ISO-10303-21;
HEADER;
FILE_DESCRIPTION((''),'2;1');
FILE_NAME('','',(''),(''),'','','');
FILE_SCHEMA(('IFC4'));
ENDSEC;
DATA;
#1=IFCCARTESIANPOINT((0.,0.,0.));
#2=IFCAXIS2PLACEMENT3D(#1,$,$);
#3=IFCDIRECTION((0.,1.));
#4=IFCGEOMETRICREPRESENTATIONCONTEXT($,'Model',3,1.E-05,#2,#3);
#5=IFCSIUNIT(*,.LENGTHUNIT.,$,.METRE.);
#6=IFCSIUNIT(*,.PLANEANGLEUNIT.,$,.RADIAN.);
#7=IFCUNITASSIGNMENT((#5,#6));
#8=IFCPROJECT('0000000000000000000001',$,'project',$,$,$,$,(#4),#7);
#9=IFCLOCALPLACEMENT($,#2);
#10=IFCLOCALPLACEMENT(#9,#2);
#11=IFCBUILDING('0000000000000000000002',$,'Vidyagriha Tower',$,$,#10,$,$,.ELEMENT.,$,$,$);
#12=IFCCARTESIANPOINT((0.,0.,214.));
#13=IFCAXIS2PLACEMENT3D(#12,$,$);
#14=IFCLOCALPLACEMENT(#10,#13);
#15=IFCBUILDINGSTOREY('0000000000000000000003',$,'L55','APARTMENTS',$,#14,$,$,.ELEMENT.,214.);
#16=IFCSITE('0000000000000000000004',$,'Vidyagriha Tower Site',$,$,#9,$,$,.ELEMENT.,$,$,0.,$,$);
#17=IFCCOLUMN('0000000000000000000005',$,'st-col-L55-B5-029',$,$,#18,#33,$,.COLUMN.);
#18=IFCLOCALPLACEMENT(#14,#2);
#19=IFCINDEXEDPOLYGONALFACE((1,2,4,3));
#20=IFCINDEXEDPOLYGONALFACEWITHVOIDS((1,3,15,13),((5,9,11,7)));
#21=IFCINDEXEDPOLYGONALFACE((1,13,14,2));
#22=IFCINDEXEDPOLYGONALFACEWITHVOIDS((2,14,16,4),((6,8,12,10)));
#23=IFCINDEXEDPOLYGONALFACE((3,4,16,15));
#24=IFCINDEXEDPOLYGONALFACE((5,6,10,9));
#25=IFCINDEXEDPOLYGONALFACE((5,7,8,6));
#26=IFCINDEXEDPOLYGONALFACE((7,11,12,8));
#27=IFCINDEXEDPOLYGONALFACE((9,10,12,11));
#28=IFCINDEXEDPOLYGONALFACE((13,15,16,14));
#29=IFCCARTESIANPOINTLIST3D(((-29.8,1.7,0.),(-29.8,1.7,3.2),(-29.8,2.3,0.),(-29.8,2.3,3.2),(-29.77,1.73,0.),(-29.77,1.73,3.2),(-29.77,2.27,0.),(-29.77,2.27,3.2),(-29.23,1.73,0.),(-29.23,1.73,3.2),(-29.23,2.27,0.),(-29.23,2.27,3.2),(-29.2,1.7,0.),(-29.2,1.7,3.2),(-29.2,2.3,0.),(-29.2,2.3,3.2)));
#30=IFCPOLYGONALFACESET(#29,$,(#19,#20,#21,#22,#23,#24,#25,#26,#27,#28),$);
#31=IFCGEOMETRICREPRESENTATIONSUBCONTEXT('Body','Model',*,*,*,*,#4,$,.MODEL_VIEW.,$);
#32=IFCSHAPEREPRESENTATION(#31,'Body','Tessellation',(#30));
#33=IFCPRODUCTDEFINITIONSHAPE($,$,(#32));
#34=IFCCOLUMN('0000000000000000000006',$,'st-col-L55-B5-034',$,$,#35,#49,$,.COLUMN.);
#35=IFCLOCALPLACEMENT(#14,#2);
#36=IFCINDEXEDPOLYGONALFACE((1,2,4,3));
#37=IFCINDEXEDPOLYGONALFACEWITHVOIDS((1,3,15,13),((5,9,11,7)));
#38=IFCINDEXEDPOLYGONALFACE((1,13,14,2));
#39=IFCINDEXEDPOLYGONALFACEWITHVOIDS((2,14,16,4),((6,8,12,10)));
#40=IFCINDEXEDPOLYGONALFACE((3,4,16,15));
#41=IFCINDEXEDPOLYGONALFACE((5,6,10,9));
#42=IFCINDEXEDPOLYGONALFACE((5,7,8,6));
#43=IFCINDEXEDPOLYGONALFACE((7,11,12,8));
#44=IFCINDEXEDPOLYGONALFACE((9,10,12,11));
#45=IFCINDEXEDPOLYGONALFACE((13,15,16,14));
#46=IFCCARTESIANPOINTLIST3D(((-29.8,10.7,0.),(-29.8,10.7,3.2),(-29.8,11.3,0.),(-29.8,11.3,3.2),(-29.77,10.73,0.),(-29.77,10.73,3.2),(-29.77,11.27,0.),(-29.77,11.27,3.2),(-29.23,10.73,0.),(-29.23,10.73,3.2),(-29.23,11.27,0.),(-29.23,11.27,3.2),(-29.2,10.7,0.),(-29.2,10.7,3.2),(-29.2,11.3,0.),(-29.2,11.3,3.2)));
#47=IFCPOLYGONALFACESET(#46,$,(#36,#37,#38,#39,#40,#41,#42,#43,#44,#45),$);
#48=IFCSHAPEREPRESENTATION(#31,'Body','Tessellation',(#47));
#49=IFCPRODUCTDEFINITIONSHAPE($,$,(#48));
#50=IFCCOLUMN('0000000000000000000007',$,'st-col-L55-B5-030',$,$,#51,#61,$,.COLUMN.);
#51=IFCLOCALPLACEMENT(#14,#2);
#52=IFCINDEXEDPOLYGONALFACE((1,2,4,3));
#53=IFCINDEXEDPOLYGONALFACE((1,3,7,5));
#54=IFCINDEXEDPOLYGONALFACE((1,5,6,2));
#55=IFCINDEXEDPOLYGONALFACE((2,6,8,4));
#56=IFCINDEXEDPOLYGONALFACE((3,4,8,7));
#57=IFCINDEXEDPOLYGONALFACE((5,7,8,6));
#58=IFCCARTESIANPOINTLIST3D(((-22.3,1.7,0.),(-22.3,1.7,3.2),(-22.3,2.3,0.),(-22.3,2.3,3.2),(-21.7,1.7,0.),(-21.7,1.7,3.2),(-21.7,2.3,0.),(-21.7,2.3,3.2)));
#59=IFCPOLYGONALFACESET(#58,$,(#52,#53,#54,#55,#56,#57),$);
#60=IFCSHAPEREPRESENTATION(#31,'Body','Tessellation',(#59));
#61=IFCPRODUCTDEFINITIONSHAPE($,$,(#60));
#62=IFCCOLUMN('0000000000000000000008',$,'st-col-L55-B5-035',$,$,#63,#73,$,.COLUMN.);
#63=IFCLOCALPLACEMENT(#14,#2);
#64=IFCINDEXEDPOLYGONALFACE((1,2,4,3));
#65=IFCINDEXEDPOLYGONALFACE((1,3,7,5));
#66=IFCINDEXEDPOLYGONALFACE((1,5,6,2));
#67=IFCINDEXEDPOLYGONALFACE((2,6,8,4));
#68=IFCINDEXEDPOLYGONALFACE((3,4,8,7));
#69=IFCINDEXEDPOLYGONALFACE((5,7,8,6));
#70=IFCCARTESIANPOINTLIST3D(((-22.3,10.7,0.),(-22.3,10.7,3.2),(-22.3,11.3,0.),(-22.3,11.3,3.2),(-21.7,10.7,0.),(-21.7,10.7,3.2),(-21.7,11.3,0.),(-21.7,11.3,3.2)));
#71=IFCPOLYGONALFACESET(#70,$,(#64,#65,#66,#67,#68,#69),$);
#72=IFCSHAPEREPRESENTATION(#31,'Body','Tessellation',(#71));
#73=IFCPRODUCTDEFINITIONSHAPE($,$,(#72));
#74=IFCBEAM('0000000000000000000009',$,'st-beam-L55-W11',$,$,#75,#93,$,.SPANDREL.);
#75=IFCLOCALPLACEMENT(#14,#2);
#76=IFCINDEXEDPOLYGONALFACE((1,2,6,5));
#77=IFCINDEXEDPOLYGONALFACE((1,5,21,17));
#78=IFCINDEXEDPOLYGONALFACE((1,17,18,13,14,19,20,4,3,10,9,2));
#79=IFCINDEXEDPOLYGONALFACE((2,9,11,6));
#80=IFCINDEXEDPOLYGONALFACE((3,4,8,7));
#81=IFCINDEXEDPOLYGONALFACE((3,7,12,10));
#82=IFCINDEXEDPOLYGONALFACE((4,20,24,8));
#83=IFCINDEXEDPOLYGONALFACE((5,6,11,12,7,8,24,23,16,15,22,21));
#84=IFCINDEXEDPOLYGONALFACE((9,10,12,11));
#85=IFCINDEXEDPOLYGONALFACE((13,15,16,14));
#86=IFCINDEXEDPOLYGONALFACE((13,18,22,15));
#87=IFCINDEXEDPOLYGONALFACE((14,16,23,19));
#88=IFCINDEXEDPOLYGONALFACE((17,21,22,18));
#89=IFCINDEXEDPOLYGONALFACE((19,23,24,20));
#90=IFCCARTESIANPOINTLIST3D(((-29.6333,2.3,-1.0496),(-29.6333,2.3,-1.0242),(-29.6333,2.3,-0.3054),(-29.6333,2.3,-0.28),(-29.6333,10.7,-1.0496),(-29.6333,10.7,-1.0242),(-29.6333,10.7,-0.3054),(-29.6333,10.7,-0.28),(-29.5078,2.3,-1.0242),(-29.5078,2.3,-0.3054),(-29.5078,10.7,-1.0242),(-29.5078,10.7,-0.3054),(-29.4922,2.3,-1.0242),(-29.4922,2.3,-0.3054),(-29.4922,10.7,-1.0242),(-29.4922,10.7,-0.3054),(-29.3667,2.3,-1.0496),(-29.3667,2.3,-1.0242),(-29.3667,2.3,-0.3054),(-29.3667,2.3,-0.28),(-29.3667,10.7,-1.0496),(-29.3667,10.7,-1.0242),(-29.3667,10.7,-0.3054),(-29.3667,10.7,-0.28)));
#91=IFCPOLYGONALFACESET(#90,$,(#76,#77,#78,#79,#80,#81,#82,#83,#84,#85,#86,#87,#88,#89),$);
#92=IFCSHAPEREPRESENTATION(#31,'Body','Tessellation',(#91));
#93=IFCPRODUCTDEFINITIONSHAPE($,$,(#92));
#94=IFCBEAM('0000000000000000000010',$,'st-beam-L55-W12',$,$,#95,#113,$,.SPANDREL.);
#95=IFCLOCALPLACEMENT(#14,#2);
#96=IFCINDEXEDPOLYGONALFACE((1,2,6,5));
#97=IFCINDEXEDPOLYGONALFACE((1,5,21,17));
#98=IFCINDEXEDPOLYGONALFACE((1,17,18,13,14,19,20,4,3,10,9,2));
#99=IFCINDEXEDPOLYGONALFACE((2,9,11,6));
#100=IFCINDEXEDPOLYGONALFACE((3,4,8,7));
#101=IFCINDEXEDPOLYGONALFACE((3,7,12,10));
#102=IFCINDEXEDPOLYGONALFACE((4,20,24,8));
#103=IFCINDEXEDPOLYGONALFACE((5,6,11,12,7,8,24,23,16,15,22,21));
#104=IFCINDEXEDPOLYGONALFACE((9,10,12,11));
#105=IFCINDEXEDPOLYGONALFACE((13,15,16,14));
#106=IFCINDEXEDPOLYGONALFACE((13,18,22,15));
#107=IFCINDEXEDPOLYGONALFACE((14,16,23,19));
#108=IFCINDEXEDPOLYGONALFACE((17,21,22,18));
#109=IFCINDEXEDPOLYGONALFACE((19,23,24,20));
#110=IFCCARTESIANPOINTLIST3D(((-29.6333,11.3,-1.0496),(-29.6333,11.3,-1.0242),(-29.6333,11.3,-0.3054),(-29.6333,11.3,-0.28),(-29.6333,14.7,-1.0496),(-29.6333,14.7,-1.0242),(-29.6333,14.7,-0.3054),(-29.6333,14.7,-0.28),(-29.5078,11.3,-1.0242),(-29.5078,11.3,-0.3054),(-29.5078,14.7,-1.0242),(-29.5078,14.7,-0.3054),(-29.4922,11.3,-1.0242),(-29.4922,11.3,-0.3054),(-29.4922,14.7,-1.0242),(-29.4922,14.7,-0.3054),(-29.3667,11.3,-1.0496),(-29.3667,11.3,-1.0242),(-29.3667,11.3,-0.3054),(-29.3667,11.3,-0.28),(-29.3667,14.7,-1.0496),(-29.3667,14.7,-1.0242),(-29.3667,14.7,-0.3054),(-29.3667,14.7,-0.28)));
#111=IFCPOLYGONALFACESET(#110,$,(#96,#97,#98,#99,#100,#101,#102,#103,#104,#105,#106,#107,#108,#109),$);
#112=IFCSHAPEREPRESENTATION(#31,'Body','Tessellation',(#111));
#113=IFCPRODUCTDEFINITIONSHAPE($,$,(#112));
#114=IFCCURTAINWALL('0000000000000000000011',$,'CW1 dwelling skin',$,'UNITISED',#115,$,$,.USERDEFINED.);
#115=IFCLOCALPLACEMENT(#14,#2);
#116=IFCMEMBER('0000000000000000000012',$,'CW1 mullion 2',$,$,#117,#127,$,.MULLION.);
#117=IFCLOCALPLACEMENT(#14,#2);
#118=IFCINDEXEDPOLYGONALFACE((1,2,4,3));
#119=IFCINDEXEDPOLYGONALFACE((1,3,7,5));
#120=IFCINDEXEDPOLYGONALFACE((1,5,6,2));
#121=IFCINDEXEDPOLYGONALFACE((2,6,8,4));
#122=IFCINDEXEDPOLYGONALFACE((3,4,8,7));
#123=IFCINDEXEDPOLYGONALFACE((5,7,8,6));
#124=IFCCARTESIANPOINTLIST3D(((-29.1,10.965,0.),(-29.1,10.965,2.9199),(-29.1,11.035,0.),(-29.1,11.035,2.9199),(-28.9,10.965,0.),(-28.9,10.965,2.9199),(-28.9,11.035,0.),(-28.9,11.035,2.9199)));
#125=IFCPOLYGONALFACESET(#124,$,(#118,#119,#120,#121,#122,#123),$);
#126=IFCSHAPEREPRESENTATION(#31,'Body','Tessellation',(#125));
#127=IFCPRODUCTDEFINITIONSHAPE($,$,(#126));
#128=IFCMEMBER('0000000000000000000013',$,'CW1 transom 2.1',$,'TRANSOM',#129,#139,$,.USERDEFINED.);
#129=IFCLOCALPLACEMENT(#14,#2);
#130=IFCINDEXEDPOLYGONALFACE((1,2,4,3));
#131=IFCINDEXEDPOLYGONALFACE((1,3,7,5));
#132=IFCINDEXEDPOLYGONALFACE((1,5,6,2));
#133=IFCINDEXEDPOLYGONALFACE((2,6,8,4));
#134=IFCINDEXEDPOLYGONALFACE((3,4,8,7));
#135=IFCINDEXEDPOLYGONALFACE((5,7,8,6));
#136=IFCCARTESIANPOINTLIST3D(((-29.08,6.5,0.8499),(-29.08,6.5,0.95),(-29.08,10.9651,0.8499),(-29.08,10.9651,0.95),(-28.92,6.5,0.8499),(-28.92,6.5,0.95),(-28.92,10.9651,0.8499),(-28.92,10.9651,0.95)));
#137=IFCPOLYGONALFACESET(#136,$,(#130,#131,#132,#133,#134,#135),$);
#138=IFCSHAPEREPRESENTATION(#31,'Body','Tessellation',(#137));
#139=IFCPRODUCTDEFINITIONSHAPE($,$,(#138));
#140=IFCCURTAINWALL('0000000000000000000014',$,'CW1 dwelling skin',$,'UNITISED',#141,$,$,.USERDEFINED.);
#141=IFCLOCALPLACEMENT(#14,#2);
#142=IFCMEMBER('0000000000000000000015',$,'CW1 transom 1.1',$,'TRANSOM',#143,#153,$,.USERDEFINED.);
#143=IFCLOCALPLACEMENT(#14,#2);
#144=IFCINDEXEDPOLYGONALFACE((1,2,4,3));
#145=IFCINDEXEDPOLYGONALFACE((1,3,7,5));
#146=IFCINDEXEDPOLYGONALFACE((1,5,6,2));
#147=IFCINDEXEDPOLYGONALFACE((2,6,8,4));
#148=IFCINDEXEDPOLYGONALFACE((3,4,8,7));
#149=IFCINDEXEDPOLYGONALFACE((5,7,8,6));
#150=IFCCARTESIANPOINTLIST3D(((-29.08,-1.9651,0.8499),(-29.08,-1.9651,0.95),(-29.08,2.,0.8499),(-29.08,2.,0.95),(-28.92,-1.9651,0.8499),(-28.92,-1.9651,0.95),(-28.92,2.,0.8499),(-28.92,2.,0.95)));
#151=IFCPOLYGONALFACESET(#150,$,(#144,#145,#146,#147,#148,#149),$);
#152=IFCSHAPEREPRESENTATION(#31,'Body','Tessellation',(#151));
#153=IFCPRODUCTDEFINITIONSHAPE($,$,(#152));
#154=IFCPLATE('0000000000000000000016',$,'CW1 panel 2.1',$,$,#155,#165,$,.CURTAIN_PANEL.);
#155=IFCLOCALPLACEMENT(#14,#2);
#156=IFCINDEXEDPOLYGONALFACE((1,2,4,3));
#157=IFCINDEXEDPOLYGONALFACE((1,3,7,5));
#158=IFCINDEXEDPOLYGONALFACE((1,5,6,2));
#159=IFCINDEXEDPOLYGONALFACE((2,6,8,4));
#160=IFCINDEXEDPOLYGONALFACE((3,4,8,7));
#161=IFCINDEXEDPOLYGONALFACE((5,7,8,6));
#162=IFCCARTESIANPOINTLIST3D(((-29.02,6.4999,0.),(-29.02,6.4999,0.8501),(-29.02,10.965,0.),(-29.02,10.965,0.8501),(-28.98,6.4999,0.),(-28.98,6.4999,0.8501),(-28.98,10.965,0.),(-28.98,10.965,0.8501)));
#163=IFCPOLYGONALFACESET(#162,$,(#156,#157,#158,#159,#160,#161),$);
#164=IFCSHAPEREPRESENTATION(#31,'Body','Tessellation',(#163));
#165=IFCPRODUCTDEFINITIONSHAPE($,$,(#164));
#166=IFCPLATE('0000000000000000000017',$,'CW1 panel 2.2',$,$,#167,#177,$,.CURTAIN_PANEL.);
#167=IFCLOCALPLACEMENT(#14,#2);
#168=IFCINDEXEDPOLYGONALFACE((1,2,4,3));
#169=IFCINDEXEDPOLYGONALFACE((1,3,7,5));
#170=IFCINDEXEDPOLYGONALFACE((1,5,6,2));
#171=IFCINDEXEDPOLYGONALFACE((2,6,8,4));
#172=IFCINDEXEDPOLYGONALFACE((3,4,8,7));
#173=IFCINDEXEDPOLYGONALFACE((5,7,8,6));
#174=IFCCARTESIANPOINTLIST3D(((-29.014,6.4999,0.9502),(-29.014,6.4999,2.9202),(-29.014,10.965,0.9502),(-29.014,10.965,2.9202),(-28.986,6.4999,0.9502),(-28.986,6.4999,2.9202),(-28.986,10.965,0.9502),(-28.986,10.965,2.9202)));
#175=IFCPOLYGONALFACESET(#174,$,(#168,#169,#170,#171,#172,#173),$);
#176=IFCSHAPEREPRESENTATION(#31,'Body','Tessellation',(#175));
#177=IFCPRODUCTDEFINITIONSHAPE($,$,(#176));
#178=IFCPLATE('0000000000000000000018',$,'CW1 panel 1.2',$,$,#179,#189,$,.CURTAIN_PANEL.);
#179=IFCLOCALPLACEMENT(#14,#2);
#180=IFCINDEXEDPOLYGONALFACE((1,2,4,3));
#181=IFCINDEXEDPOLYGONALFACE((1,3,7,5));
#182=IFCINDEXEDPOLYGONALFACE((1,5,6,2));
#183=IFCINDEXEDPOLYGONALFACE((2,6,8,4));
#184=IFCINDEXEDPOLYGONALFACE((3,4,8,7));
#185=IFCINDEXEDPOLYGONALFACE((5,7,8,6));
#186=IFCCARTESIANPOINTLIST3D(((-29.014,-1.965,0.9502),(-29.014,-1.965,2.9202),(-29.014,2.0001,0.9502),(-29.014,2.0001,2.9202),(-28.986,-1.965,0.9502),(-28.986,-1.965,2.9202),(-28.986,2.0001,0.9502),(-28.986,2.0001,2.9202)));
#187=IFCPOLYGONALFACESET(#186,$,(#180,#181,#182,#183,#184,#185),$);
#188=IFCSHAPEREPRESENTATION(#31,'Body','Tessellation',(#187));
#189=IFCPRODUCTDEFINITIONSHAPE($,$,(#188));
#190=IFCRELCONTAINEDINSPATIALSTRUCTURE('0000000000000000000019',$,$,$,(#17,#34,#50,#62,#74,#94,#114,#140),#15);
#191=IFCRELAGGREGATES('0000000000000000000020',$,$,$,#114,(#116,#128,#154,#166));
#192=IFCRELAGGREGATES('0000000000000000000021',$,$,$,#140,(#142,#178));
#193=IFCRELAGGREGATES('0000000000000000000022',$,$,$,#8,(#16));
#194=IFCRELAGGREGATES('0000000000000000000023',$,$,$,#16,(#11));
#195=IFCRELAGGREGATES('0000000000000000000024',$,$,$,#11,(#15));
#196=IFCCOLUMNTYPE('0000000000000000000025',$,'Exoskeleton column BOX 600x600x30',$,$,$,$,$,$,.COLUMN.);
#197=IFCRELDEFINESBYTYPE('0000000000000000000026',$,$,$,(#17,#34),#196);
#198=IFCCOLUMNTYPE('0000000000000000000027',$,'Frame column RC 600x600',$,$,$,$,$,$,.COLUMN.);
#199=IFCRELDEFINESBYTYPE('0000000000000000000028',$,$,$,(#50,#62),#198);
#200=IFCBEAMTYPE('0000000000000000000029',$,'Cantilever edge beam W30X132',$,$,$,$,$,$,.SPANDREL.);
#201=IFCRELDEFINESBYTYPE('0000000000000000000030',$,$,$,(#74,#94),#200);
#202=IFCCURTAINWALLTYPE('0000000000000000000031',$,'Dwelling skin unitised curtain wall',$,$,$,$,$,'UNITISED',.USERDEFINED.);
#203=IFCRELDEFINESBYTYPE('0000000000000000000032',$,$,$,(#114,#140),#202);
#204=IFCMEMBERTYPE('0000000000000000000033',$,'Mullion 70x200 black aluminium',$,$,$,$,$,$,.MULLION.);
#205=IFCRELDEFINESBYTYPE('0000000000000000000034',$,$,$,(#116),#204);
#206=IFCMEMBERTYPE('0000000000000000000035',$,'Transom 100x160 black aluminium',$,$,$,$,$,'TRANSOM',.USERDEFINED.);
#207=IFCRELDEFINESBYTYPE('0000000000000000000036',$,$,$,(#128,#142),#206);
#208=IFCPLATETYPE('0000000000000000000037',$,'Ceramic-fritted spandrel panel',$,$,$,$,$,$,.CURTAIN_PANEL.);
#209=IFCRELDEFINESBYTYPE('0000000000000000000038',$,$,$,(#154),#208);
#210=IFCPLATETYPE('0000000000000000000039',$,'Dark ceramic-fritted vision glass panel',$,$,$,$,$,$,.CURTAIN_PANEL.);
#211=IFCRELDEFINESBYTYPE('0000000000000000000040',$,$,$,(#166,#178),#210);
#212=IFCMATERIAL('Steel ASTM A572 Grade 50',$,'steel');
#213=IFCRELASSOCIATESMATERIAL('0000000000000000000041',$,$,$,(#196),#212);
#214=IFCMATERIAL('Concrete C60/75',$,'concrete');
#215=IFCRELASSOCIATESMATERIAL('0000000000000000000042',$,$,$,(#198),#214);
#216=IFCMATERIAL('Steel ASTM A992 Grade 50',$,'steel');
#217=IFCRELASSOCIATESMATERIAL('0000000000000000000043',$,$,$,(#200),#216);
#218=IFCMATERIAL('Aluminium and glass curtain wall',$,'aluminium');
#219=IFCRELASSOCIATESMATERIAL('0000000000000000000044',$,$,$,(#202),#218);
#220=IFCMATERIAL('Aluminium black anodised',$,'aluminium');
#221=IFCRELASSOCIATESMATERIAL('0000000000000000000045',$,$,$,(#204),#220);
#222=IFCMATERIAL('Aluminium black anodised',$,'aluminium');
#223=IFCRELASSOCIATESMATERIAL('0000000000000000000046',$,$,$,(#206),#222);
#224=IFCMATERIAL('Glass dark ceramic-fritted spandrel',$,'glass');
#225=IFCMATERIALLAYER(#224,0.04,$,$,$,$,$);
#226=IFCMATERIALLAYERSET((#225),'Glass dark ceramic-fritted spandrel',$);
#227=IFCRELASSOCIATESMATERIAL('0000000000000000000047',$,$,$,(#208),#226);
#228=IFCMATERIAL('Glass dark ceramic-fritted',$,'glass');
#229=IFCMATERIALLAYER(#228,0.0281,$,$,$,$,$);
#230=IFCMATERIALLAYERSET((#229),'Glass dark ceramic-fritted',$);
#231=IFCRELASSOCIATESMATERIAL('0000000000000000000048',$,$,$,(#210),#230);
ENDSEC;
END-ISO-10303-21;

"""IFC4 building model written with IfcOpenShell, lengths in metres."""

from ifc_helpers import new_model, si_unit, direction, frame, origin, origin_2d, place, context, subcontext, project, spatial, rectangle, hollow_rectangle, i_section, extrude, material, layer, layer_set, material_profile, profile_set, type_object, element, aggregate, save


model = new_model("IFC4")

# Units and contexts
model_context = context("Model", 3, precision=1e-05, world=origin(), true_north=direction((0.0, 1.0)))
body_context = subcontext(model_context, "Body", "Model", "MODEL_VIEW")
ifc_project = project(units=[si_unit("LENGTHUNIT", "METRE"), si_unit("PLANEANGLEUNIT", "RADIAN")], contexts=[model_context])

# Site, building, storey
site_placement = place(None, origin())
site = spatial("IfcSite", under=ifc_project, at=site_placement, Name="Vidyagriha Tower Site", CompositionType="ELEMENT", RefElevation=0.0)
building_placement = place(site_placement, origin())
building = spatial("IfcBuilding", under=site, at=building_placement, Name="Vidyagriha Tower", CompositionType="ELEMENT")
storey_placement = place(building_placement, frame((0.0, 0.0, 214.0)))
storey = spatial("IfcBuildingStorey", under=building, at=storey_placement, Name="L55", Description="APARTMENTS", CompositionType="ELEMENT", Elevation=214.0)

# Columns
ifc_material_1 = material(Name="Steel ASTM A572 Grade 50", Category="steel")
ifc_material_profile_1 = material_profile(ifc_material_1, hollow_rectangle(XDim=0.6001, YDim=0.6001, WallThickness=0.03, at=origin_2d()), Name="BOX 600x600x30")
ifc_profile_set_1 = profile_set([ifc_material_profile_1], Name="Steel ASTM A572 Grade 50")
column_type_1 = type_object("IfcColumnType", Name="Exoskeleton column BOX 600x600x30", PredefinedType="COLUMN", material=ifc_profile_set_1)
for number, where, name in (
    (1, (-29.5, 2.0, 0.0), "st-col-L55-B5-029"),
    (2, (-29.5, 11.0, 0.0), "st-col-L55-B5-034"),
):
    element("IfcColumn", number, at=place(storey_placement, frame(where)), inside=storey, type_object=column_type_1, Name=name, PredefinedType="COLUMN", context=body_context, shape_type="SweptSolid", body=[
        extrude(hollow_rectangle(XDim=0.6001, YDim=0.6001, WallThickness=0.03, at=origin_2d()), origin(), (0.0, 0.0, 1.0), 3.2),
    ])
ifc_material_2 = material(Name="Concrete C60/75", Category="concrete")
ifc_material_profile_2 = material_profile(ifc_material_2, rectangle(XDim=0.6001, YDim=0.6001, at=origin_2d()), Name="RC 600x600")
ifc_profile_set_2 = profile_set([ifc_material_profile_2], Name="Concrete C60/75")
column_type_2 = type_object("IfcColumnType", Name="Frame column RC 600x600", PredefinedType="COLUMN", material=ifc_profile_set_2)
for number, where, name in (
    (3, (-22.0, 2.0, 0.0), "st-col-L55-B5-030"),
    (4, (-22.0, 11.0, 0.0), "st-col-L55-B5-035"),
):
    element("IfcColumn", number, at=place(storey_placement, frame(where)), inside=storey, type_object=column_type_2, Name=name, PredefinedType="COLUMN", context=body_context, shape_type="SweptSolid", body=[
        extrude(rectangle(XDim=0.6001, YDim=0.6001, at=origin_2d()), origin(), (0.0, 0.0, 1.0), 3.2),
    ])

# Beams
ifc_material_3 = material(Name="Steel ASTM A992 Grade 50", Category="steel")
ifc_material_profile_3 = material_profile(ifc_material_3, i_section(OverallWidth=0.2666, OverallDepth=0.7695, WebThickness=0.0156, FlangeThickness=0.0254, at=origin_2d()), Name="W30X132")
ifc_profile_set_3 = profile_set([ifc_material_profile_3], Name="Steel ASTM A992 Grade 50")
beam_type = type_object("IfcBeamType", Name="Cantilever edge beam W30X132", PredefinedType="SPANDREL", material=ifc_profile_set_3)
beam_1_placement = place(storey_placement, frame((-29.5, 2.3, -0.6648), z_axis=(0.0, 1.0, 0.0), x_axis=(-1.0, 0.0, 0.0)))
element("IfcBeam", 5, at=beam_1_placement, inside=storey, type_object=beam_type, Name="st-beam-L55-W11", PredefinedType="SPANDREL", context=body_context, shape_type="SweptSolid", body=[
    extrude(i_section(OverallWidth=0.2666, OverallDepth=0.7695, WebThickness=0.0156, FlangeThickness=0.0254, at=origin_2d()), origin(), (0.0, 0.0, 1.0), 8.3999),
])
beam_2_placement = place(storey_placement, frame((-29.5, 11.3, -0.6648), z_axis=(0.0, 1.0, 0.0), x_axis=(-1.0, 0.0, 0.0)))
element("IfcBeam", 6, at=beam_2_placement, inside=storey, type_object=beam_type, Name="st-beam-L55-W12", PredefinedType="SPANDREL", context=body_context, shape_type="SweptSolid", body=[
    extrude(i_section(OverallWidth=0.2666, OverallDepth=0.7695, WebThickness=0.0156, FlangeThickness=0.0254, at=origin_2d()), origin(), (0.0, 0.0, 1.0), 3.3999),
])

# Curtain wall, members
ifc_material_4 = material(Name="Aluminium and glass curtain wall", Category="aluminium")
curtain_wall_type = type_object("IfcCurtainWallType", Name="Dwelling skin unitised curtain wall", ElementType="UNITISED", PredefinedType="USERDEFINED", material=ifc_material_4)
curtain_wall_1_placement = place(storey_placement, origin())
curtain_wall_1 = element("IfcCurtainWall", 7, at=curtain_wall_1_placement, inside=storey, type_object=curtain_wall_type, Name="CW1 dwelling skin", ObjectType="UNITISED", PredefinedType="USERDEFINED")
ifc_material_5 = material(Name="Aluminium black anodised", Category="aluminium")
ifc_material_profile_4 = material_profile(ifc_material_5, rectangle(XDim=0.2, YDim=0.0701, at=origin_2d()), Name="Mullion 70x200 black aluminium")
ifc_profile_set_4 = profile_set([ifc_material_profile_4], Name="Aluminium black anodised")
member_type_1 = type_object("IfcMemberType", Name="Mullion 70x200 black aluminium", PredefinedType="MULLION", material=ifc_profile_set_4)
member_1_placement = place(storey_placement, frame((-29.0, 11.0, 0.0)))
member_1 = element("IfcMember", 8, at=member_1_placement, type_object=member_type_1, Name="CW1 mullion 2", PredefinedType="MULLION", context=body_context, shape_type="SweptSolid", body=[
    extrude(rectangle(XDim=0.2, YDim=0.0701, at=origin_2d()), origin(), (0.0, 0.0, 1.0), 2.9199),
])
ifc_material_6 = material(Name="Aluminium black anodised", Category="aluminium")
ifc_material_profile_5 = material_profile(ifc_material_6, rectangle(XDim=0.1599, YDim=0.1001, at=origin_2d()), Name="Transom 100x160 black aluminium")
ifc_profile_set_5 = profile_set([ifc_material_profile_5], Name="Aluminium black anodised")
member_type_2 = type_object("IfcMemberType", Name="Transom 100x160 black aluminium", ElementType="TRANSOM", PredefinedType="USERDEFINED", material=ifc_profile_set_5)
member_2_placement = place(storey_placement, frame((-29.0, 10.9651, 0.8999), z_axis=(0.0, -1.0, 0.0), x_axis=(1.0, 0.0, 0.0)))
member_2 = element("IfcMember", 9, at=member_2_placement, type_object=member_type_2, Name="CW1 transom 2.1", ObjectType="TRANSOM", PredefinedType="USERDEFINED", context=body_context, shape_type="SweptSolid", body=[
    extrude(rectangle(XDim=0.1599, YDim=0.1001, at=origin_2d()), origin(), (0.0, 0.0, 1.0), 4.4651),
])

# Curtain wall, member
curtain_wall_2_placement = place(storey_placement, origin())
curtain_wall_2 = element("IfcCurtainWall", 10, at=curtain_wall_2_placement, inside=storey, type_object=curtain_wall_type, Name="CW1 dwelling skin", ObjectType="UNITISED", PredefinedType="USERDEFINED")
member_3_placement = place(storey_placement, frame((-29.0, 2.0, 0.8999), z_axis=(0.0, -1.0, 0.0), x_axis=(1.0, 0.0, 0.0)))
member_3 = element("IfcMember", 11, at=member_3_placement, type_object=member_type_2, Name="CW1 transom 1.1", ObjectType="TRANSOM", PredefinedType="USERDEFINED", context=body_context, shape_type="SweptSolid", body=[
    extrude(rectangle(XDim=0.1599, YDim=0.1001, at=origin_2d()), origin(), (0.0, 0.0, 1.0), 3.9651),
])

# Plates
ifc_material_7 = material(Name="Glass dark ceramic-fritted spandrel", Category="glass")
ifc_layer_1 = layer(ifc_material_7, 0.04)
ifc_layer_set_1 = layer_set([ifc_layer_1], Name="Glass dark ceramic-fritted spandrel")
plate_type_1 = type_object("IfcPlateType", Name="Ceramic-fritted spandrel panel", PredefinedType="CURTAIN_PANEL", material=ifc_layer_set_1)
plate_1_placement = place(storey_placement, frame((-29.0, 8.7324, 0.0), z_axis=(0.0, 0.0, 1.0), x_axis=(0.0, -1.0, 0.0)))
plate_1 = element("IfcPlate", 12, at=plate_1_placement, type_object=plate_type_1, Name="CW1 panel 2.1", PredefinedType="CURTAIN_PANEL", context=body_context, shape_type="SweptSolid", body=[
    extrude(rectangle(XDim=4.4651, YDim=0.04, at=origin_2d()), origin(), (0.0, 0.0, 1.0), 0.8501),
])
ifc_material_8 = material(Name="Glass dark ceramic-fritted", Category="glass")
ifc_layer_2 = layer(ifc_material_8, 0.0281)
ifc_layer_set_2 = layer_set([ifc_layer_2], Name="Glass dark ceramic-fritted")
plate_type_2 = type_object("IfcPlateType", Name="Dark ceramic-fritted vision glass panel", PredefinedType="CURTAIN_PANEL", material=ifc_layer_set_2)
plate_2_placement = place(storey_placement, frame((-29.0, 8.7324, 0.9502), z_axis=(0.0, 0.0, 1.0), x_axis=(0.0, -1.0, 0.0)))
plate_2 = element("IfcPlate", 13, at=plate_2_placement, type_object=plate_type_2, Name="CW1 panel 2.2", PredefinedType="CURTAIN_PANEL", context=body_context, shape_type="SweptSolid", body=[
    extrude(rectangle(XDim=4.4651, YDim=0.0281, at=origin_2d()), origin(), (0.0, 0.0, 1.0), 1.97),
])
aggregate(curtain_wall_1, [member_1, member_2, plate_1, plate_2])
plate_3_placement = place(storey_placement, frame((-29.0, 0.0176, 0.9502), z_axis=(0.0, 0.0, 1.0), x_axis=(0.0, -1.0, 0.0)))
plate_3 = element("IfcPlate", 14, at=plate_3_placement, type_object=plate_type_2, Name="CW1 panel 1.2", PredefinedType="CURTAIN_PANEL", context=body_context, shape_type="SweptSolid", body=[
    extrude(rectangle(XDim=3.9651, YDim=0.0281, at=origin_2d()), origin(), (0.0, 0.0, 1.0), 1.97),
])
aggregate(curtain_wall_2, [member_3, plate_3])

save(model, "model.ifc")
